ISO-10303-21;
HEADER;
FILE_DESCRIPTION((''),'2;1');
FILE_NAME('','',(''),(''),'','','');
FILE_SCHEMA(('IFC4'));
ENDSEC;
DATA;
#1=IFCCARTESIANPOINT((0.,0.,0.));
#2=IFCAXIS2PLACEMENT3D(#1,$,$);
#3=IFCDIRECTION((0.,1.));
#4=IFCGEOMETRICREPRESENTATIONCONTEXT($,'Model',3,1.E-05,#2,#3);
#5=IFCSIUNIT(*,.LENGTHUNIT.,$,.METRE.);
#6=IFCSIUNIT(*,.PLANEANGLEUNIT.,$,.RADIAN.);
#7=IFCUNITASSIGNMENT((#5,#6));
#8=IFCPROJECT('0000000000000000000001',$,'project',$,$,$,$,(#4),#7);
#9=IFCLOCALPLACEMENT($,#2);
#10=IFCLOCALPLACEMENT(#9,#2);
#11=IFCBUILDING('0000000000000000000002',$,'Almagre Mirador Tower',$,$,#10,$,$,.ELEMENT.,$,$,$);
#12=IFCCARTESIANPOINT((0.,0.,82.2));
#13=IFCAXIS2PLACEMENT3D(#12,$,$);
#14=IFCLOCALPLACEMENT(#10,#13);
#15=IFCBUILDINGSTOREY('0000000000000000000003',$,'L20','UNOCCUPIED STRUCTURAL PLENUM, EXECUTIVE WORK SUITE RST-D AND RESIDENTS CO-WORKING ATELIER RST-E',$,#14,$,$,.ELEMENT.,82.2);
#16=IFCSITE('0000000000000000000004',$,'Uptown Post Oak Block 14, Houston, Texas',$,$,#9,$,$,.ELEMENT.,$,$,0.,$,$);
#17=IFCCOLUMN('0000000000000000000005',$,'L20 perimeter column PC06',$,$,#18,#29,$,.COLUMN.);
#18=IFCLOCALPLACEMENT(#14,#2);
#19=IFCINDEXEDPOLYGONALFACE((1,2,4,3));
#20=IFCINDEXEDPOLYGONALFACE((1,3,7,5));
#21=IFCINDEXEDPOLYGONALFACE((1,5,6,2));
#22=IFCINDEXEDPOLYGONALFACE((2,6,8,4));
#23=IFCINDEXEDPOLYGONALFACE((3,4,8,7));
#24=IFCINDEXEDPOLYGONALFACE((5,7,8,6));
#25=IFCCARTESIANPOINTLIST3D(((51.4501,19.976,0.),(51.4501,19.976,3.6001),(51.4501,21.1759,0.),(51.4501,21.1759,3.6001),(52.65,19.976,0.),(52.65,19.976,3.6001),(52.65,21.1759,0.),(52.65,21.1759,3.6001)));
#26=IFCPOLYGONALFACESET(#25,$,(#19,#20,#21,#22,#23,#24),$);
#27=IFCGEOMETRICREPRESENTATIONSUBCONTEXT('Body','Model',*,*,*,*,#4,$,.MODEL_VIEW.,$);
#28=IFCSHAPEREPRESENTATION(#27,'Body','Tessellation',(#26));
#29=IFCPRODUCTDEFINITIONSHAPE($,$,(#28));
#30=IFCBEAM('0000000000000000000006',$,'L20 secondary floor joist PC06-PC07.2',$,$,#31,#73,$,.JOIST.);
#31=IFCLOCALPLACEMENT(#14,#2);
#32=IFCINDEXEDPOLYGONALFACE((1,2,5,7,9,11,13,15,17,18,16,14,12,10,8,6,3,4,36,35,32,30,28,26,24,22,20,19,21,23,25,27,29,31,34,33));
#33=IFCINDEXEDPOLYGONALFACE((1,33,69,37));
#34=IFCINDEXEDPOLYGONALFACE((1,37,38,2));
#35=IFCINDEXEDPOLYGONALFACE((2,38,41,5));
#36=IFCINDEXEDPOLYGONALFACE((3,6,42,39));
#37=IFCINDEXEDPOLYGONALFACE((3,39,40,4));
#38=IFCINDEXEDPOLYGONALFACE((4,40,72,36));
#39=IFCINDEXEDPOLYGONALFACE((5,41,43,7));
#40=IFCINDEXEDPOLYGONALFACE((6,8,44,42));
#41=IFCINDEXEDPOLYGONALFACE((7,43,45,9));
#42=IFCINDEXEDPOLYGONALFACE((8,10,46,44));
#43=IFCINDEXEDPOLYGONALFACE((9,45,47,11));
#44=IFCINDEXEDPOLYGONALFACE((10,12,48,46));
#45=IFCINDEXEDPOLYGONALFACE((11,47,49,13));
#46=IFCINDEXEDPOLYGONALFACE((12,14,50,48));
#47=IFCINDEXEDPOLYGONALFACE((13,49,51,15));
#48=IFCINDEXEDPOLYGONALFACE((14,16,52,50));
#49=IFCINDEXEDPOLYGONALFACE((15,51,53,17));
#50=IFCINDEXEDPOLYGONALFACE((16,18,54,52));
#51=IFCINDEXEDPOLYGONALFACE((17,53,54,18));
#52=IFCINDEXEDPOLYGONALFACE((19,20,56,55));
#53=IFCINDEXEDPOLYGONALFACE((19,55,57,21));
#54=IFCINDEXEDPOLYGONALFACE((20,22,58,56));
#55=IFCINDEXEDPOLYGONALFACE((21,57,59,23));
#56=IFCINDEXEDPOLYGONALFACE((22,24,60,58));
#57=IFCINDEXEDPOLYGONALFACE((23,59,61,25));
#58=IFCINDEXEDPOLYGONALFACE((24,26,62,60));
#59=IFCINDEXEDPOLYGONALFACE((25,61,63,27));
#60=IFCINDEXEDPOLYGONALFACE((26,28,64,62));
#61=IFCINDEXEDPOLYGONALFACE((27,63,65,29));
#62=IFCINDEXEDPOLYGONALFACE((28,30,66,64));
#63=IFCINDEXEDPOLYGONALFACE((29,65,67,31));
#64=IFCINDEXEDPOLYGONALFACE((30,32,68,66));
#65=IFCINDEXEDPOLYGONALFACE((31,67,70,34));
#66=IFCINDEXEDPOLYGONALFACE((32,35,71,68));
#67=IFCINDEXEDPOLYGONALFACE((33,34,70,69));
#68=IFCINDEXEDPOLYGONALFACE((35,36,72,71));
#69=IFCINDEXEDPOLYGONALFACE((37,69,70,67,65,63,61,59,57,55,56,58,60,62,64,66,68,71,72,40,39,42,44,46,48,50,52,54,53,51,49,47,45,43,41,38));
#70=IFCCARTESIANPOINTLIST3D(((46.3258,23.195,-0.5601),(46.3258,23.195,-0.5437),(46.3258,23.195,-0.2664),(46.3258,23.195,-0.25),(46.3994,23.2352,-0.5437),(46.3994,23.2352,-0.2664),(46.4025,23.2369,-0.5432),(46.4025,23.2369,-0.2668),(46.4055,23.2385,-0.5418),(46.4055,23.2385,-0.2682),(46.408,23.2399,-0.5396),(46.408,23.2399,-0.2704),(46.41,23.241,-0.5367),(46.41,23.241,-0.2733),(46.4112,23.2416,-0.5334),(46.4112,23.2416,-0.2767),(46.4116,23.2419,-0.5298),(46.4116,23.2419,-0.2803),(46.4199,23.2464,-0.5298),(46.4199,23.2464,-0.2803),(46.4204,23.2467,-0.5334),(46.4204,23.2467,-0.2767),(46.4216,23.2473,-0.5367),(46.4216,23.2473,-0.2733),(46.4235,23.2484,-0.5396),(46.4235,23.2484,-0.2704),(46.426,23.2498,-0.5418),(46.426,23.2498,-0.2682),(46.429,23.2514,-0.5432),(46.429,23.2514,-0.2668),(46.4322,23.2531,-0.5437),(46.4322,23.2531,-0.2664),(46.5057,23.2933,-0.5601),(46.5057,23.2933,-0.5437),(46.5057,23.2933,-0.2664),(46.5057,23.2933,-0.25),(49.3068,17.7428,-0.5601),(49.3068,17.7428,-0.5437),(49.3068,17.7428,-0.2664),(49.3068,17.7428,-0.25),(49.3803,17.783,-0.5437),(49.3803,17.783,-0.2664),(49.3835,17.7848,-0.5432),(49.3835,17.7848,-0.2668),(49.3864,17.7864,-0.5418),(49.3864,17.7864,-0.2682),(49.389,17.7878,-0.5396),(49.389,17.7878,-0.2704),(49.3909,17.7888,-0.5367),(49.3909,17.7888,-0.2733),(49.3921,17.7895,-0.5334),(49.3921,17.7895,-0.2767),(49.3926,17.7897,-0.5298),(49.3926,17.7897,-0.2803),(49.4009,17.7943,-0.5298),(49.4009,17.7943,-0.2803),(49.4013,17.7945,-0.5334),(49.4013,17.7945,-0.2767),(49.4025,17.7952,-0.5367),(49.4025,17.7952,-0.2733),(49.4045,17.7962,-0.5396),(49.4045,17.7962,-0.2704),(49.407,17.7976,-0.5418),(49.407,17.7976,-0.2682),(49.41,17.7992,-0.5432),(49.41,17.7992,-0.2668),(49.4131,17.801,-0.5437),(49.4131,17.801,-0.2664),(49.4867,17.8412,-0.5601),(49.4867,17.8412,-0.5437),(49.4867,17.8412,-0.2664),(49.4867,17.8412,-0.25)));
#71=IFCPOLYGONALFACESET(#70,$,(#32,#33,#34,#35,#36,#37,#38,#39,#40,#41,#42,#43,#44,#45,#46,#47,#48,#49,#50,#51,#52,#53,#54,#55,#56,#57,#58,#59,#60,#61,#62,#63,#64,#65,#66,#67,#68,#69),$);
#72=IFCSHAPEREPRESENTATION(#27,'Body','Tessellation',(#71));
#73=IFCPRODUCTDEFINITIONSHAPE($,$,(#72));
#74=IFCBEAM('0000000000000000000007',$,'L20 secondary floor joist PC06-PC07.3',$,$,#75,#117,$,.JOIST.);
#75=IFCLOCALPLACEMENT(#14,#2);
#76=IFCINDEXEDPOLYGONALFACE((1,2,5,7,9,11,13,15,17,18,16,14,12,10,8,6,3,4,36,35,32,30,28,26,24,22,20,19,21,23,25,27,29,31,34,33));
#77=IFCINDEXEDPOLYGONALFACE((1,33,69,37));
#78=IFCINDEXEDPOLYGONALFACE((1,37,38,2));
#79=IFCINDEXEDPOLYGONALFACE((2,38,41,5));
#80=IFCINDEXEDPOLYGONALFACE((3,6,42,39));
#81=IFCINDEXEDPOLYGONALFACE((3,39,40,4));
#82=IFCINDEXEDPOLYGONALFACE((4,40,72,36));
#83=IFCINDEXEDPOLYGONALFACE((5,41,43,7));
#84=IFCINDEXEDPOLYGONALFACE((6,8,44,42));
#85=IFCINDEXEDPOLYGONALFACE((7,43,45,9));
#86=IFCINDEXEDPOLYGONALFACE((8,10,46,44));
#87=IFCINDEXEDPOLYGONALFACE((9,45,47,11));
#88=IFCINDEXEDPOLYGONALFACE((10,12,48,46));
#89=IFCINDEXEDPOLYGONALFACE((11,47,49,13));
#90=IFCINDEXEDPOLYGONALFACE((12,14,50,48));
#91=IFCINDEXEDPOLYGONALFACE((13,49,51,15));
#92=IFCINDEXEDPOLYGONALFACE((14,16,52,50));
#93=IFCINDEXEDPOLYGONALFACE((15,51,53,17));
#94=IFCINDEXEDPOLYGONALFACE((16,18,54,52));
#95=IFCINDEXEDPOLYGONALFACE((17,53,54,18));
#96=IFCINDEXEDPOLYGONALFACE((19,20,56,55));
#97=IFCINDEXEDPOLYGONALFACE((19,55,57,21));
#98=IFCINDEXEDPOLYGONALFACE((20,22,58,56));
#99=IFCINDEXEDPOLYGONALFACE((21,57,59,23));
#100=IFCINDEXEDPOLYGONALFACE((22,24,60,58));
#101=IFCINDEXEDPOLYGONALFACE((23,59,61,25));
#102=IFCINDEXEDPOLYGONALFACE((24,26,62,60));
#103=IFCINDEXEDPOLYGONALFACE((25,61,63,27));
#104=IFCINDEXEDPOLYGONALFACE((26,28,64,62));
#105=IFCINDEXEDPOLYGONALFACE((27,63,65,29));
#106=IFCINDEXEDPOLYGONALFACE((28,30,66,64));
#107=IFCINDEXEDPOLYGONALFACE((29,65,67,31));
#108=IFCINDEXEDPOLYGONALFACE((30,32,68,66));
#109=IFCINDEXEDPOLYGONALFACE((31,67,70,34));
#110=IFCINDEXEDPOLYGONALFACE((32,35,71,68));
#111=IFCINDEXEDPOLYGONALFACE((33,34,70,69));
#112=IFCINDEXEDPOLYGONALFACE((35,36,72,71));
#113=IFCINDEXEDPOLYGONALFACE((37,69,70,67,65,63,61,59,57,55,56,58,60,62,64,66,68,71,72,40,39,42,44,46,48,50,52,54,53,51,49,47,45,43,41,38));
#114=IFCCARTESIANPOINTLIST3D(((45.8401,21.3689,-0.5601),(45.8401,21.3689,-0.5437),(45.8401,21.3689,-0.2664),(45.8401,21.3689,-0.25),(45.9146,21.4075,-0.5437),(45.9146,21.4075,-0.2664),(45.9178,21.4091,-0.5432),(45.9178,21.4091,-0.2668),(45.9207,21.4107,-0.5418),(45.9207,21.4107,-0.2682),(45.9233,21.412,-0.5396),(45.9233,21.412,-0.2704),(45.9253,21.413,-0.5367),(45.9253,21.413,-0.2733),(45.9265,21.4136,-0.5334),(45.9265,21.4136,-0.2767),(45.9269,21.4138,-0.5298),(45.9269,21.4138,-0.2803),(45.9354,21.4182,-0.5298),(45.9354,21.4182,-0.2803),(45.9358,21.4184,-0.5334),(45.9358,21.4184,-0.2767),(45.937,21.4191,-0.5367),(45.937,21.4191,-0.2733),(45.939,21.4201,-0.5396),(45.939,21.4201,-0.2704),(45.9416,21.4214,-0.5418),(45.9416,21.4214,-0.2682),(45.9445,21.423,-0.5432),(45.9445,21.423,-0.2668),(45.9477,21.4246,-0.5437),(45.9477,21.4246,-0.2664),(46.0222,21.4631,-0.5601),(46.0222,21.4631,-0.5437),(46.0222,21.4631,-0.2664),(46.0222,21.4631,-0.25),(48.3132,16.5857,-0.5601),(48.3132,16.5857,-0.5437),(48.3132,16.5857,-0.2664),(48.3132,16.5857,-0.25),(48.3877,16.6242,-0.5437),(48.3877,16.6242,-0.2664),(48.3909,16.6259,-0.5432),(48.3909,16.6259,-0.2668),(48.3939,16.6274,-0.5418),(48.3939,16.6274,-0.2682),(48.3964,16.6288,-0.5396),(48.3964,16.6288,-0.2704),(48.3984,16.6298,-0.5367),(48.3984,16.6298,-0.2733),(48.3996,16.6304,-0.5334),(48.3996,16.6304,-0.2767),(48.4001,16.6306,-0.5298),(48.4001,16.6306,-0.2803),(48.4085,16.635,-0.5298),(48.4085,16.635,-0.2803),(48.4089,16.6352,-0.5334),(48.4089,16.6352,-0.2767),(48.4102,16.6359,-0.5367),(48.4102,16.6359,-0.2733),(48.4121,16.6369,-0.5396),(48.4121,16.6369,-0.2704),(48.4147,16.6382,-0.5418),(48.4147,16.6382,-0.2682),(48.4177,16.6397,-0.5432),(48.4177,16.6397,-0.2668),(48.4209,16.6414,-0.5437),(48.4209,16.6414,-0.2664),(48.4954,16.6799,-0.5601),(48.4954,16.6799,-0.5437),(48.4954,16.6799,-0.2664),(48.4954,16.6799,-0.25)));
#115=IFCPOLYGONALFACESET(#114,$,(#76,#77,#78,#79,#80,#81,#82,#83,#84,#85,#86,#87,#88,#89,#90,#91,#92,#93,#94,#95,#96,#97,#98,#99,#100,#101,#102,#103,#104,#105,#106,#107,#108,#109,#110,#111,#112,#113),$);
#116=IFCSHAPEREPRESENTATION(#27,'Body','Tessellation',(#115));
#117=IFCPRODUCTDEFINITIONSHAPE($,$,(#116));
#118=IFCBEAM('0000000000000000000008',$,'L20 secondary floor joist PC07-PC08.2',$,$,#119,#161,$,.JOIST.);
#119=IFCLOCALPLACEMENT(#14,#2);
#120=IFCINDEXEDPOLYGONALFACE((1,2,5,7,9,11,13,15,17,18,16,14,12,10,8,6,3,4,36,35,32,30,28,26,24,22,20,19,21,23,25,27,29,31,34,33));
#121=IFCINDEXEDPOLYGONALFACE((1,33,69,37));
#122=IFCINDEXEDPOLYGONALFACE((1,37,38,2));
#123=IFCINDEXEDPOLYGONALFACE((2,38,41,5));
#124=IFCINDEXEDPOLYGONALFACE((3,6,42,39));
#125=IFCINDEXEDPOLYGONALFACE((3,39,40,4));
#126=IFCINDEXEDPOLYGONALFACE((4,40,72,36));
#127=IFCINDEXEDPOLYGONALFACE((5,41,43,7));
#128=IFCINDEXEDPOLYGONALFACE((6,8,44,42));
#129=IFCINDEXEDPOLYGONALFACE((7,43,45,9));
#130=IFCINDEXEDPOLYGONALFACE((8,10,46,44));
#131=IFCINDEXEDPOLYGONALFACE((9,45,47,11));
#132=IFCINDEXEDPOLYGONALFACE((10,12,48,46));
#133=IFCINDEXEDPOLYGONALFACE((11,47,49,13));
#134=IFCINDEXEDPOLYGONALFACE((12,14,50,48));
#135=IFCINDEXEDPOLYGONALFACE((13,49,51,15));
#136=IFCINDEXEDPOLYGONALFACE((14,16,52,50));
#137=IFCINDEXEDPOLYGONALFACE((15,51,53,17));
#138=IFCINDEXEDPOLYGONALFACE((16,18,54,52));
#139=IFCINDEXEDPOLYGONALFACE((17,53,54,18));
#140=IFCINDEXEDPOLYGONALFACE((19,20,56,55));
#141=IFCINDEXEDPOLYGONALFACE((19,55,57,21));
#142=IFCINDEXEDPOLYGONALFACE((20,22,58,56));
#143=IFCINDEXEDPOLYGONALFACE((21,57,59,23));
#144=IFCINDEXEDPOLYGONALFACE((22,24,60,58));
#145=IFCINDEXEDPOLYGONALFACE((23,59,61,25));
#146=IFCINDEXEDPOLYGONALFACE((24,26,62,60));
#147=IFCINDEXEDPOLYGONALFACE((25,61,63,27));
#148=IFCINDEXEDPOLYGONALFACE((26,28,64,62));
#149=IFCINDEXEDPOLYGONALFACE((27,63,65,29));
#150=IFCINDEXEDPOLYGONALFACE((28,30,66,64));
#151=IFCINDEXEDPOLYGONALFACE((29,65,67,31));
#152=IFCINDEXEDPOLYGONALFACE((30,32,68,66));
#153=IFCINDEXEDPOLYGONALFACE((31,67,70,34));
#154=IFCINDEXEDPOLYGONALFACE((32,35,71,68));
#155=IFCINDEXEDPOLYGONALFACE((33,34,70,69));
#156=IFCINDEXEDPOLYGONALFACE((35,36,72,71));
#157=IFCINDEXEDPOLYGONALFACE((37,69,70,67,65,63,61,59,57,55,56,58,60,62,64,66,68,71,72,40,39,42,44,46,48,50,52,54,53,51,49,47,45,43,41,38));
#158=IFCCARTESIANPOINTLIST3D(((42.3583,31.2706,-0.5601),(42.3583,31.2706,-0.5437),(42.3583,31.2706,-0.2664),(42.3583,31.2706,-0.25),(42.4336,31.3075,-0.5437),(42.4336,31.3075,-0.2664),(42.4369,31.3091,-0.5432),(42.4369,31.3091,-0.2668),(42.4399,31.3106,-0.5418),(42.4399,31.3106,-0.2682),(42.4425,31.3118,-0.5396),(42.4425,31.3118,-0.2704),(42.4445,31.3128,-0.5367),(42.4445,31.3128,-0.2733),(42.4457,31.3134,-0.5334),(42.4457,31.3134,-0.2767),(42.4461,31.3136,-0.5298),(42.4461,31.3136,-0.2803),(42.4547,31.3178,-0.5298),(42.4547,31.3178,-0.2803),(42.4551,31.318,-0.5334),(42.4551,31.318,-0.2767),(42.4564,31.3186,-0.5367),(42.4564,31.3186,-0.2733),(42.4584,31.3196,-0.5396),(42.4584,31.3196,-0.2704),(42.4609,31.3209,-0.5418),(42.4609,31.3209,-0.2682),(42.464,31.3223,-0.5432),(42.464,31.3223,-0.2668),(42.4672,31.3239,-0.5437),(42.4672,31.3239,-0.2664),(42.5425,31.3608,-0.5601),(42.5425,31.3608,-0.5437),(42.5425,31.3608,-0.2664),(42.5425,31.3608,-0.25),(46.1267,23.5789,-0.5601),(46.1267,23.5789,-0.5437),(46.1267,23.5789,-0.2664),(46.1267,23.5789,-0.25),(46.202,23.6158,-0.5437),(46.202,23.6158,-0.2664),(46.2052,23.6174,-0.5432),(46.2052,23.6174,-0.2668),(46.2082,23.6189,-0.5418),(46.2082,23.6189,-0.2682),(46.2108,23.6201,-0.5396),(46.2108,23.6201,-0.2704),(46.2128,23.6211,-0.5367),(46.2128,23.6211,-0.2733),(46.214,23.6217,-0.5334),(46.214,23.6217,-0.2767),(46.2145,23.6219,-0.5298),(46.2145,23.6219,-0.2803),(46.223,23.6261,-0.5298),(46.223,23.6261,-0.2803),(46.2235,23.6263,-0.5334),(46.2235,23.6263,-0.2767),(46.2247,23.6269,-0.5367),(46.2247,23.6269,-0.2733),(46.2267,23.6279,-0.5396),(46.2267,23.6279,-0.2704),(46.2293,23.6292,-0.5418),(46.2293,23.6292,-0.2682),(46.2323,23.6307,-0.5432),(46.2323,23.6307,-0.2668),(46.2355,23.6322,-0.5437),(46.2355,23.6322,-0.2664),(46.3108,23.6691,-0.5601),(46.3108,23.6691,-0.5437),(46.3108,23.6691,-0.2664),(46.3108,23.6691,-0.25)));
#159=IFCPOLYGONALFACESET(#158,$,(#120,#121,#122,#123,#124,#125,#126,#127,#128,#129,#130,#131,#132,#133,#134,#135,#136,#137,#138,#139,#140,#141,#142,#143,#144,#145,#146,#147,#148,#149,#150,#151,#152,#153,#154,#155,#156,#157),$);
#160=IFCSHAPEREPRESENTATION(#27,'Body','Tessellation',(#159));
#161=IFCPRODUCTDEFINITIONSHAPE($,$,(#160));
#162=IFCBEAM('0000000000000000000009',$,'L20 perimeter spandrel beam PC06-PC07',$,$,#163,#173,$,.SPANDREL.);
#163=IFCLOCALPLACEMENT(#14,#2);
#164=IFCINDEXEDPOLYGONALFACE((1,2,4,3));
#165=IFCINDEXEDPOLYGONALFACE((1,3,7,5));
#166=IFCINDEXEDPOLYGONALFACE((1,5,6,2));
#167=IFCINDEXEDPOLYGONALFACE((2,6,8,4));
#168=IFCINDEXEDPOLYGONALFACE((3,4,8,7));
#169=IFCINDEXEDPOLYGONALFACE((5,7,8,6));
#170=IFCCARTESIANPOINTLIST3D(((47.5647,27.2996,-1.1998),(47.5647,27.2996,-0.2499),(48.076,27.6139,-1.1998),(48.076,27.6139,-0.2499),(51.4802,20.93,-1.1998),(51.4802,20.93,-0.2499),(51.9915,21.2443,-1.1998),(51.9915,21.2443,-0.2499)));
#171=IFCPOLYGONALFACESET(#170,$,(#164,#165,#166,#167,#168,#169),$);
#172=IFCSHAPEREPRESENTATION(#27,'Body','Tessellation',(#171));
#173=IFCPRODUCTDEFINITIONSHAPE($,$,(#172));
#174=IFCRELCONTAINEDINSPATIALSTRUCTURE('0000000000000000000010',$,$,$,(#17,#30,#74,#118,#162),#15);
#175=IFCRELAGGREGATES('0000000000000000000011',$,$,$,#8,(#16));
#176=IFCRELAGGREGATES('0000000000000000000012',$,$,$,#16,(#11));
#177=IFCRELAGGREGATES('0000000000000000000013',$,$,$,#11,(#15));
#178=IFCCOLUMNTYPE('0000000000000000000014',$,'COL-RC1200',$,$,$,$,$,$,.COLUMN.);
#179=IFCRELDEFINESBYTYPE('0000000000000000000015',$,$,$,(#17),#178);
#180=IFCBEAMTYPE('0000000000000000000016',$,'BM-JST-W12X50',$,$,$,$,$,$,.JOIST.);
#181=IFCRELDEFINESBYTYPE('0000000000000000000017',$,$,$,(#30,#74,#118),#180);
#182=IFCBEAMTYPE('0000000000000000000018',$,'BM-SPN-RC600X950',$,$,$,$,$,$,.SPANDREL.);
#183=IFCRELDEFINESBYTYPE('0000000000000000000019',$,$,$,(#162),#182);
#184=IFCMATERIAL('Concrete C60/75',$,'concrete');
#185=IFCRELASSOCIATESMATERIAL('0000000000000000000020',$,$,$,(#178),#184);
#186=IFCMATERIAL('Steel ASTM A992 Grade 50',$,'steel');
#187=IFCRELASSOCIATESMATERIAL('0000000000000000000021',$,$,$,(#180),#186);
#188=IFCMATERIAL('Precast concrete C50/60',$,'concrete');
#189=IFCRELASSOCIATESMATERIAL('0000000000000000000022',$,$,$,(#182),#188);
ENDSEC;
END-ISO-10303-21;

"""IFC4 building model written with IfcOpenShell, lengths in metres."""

from ifc_helpers import new_model, si_unit, direction, frame, origin, origin_2d, place, context, subcontext, project, spatial, rectangle, i_section, extrude, material, material_profile, profile_set, type_object, element, save


model = new_model("IFC4")

# Units and contexts
model_context = context("Model", 3, precision=1e-05, world=origin(), true_north=direction((0.0, 1.0)))
body_context = subcontext(model_context, "Body", "Model", "MODEL_VIEW")
ifc_project = project(units=[si_unit("LENGTHUNIT", "METRE"), si_unit("PLANEANGLEUNIT", "RADIAN")], contexts=[model_context])

# Site, building, storey
site_placement = place(None, origin())
site = spatial("IfcSite", under=ifc_project, at=site_placement, Name="Uptown Post Oak Block 14, Houston, Texas", CompositionType="ELEMENT", RefElevation=0.0)
building_placement = place(site_placement, origin())
building = spatial("IfcBuilding", under=site, at=building_placement, Name="Almagre Mirador Tower", CompositionType="ELEMENT")
storey_placement = place(building_placement, frame((0.0, 0.0, 82.2)))
storey = spatial("IfcBuildingStorey", under=building, at=storey_placement, Name="L20", Description="UNOCCUPIED STRUCTURAL PLENUM, EXECUTIVE WORK SUITE RST-D AND RESIDENTS CO-WORKING ATELIER RST-E", CompositionType="ELEMENT", Elevation=82.2)

# Column
ifc_material_1 = material(Name="Concrete C60/75", Category="concrete")
ifc_material_profile_1 = material_profile(ifc_material_1, rectangle(XDim=1.2, YDim=1.2, at=origin_2d()), Name="RC1200X1200")
ifc_profile_set_1 = profile_set([ifc_material_profile_1], Name="Concrete C60/75")
column_type = type_object("IfcColumnType", Name="COL-RC1200", PredefinedType="COLUMN", material=ifc_profile_set_1)
column_placement = place(storey_placement, frame((52.05, 20.5759, 0.0), z_axis=(0.0, 0.0, 1.0), x_axis=(1.0, 0.0, 0.0)))
element("IfcColumn", 1, at=column_placement, inside=storey, type_object=column_type, Name="L20 perimeter column PC06", PredefinedType="COLUMN", context=body_context, shape_type="SweptSolid", body=[
    extrude(rectangle(XDim=1.2, YDim=1.2, at=origin_2d()), origin(), (0.0, 0.0, 1.0), 3.6001),
])

# Beams
ifc_material_2 = material(Name="Steel ASTM A992 Grade 50", Category="steel")
ifc_material_profile_2 = material_profile(ifc_material_2, i_section(OverallWidth=0.2051, OverallDepth=0.3101, WebThickness=0.0095, FlangeThickness=0.0164, FilletRadius=0.0139, at=origin_2d()), Name="W12X50")
ifc_profile_set_2 = profile_set([ifc_material_profile_2], Name="Steel ASTM A992 Grade 50")
beam_type_1 = type_object("IfcBeamType", Name="BM-JST-W12X50", PredefinedType="JOIST", material=ifc_profile_set_2)
beam_1_placement = place(storey_placement, frame((49.3967, 17.792, -0.405), z_axis=(-0.479727, 0.877418, 0.0), x_axis=(-0.877418, -0.479727, 0.0)))
element("IfcBeam", 2, at=beam_1_placement, inside=storey, type_object=beam_type_1, Name="L20 secondary floor joist PC06-PC07.2", PredefinedType="JOIST", context=body_context, shape_type="SweptSolid", body=[
    extrude(i_section(OverallWidth=0.2051, OverallDepth=0.3101, WebThickness=0.0095, FlangeThickness=0.0164, FilletRadius=0.0139, at=origin_2d()), origin(), (0.0, 0.0, 1.0), 6.2139),
])
beam_2_placement = place(storey_placement, frame((48.4043, 16.6328, -0.405), z_axis=(-0.459287, 0.888288, 0.0), x_axis=(-0.888288, -0.459287, 0.0)))
element("IfcBeam", 3, at=beam_2_placement, inside=storey, type_object=beam_type_1, Name="L20 secondary floor joist PC06-PC07.3", PredefinedType="JOIST", context=body_context, shape_type="SweptSolid", body=[
    extrude(i_section(OverallWidth=0.2051, OverallDepth=0.3101, WebThickness=0.0095, FlangeThickness=0.0164, FilletRadius=0.0139, at=origin_2d()), origin(), (0.0, 0.0, 1.0), 5.3848),
])
beam_3_placement = place(storey_placement, frame((46.2188, 23.624, -0.405), z_axis=(-0.439959, 0.898018, 0.0), x_axis=(-0.898018, -0.439959, 0.0)))
element("IfcBeam", 4, at=beam_3_placement, inside=storey, type_object=beam_type_1, Name="L20 secondary floor joist PC07-PC08.2", PredefinedType="JOIST", context=body_context, shape_type="SweptSolid", body=[
    extrude(i_section(OverallWidth=0.2051, OverallDepth=0.3101, WebThickness=0.0095, FlangeThickness=0.0164, FilletRadius=0.0139, at=origin_2d()), origin(), (0.0, 0.0, 1.0), 8.5652),
])
ifc_material_3 = material(Name="Precast concrete C50/60", Category="concrete")
ifc_material_profile_3 = material_profile(ifc_material_3, rectangle(XDim=0.6001, YDim=0.95, at=origin_2d()), Name="RC600X950")
ifc_profile_set_3 = profile_set([ifc_material_profile_3], Name="Precast concrete C50/60")
beam_type_2 = type_object("IfcBeamType", Name="BM-SPN-RC600X950", PredefinedType="SPANDREL", material=ifc_profile_set_3)
beam_4_placement = place(storey_placement, frame((51.7358, 21.0872, -0.7249), z_axis=(-0.523686, 0.851912, 0.0), x_axis=(-0.851912, -0.523686, 0.0)))
element("IfcBeam", 5, at=beam_4_placement, inside=storey, type_object=beam_type_2, Name="L20 perimeter spandrel beam PC06-PC07", PredefinedType="SPANDREL", context=body_context, shape_type="SweptSolid", body=[
    extrude(rectangle(XDim=0.6001, YDim=0.95, at=origin_2d()), origin(), (0.0, 0.0, 1.0), 7.4768),
])

save(model, "model.ifc")
